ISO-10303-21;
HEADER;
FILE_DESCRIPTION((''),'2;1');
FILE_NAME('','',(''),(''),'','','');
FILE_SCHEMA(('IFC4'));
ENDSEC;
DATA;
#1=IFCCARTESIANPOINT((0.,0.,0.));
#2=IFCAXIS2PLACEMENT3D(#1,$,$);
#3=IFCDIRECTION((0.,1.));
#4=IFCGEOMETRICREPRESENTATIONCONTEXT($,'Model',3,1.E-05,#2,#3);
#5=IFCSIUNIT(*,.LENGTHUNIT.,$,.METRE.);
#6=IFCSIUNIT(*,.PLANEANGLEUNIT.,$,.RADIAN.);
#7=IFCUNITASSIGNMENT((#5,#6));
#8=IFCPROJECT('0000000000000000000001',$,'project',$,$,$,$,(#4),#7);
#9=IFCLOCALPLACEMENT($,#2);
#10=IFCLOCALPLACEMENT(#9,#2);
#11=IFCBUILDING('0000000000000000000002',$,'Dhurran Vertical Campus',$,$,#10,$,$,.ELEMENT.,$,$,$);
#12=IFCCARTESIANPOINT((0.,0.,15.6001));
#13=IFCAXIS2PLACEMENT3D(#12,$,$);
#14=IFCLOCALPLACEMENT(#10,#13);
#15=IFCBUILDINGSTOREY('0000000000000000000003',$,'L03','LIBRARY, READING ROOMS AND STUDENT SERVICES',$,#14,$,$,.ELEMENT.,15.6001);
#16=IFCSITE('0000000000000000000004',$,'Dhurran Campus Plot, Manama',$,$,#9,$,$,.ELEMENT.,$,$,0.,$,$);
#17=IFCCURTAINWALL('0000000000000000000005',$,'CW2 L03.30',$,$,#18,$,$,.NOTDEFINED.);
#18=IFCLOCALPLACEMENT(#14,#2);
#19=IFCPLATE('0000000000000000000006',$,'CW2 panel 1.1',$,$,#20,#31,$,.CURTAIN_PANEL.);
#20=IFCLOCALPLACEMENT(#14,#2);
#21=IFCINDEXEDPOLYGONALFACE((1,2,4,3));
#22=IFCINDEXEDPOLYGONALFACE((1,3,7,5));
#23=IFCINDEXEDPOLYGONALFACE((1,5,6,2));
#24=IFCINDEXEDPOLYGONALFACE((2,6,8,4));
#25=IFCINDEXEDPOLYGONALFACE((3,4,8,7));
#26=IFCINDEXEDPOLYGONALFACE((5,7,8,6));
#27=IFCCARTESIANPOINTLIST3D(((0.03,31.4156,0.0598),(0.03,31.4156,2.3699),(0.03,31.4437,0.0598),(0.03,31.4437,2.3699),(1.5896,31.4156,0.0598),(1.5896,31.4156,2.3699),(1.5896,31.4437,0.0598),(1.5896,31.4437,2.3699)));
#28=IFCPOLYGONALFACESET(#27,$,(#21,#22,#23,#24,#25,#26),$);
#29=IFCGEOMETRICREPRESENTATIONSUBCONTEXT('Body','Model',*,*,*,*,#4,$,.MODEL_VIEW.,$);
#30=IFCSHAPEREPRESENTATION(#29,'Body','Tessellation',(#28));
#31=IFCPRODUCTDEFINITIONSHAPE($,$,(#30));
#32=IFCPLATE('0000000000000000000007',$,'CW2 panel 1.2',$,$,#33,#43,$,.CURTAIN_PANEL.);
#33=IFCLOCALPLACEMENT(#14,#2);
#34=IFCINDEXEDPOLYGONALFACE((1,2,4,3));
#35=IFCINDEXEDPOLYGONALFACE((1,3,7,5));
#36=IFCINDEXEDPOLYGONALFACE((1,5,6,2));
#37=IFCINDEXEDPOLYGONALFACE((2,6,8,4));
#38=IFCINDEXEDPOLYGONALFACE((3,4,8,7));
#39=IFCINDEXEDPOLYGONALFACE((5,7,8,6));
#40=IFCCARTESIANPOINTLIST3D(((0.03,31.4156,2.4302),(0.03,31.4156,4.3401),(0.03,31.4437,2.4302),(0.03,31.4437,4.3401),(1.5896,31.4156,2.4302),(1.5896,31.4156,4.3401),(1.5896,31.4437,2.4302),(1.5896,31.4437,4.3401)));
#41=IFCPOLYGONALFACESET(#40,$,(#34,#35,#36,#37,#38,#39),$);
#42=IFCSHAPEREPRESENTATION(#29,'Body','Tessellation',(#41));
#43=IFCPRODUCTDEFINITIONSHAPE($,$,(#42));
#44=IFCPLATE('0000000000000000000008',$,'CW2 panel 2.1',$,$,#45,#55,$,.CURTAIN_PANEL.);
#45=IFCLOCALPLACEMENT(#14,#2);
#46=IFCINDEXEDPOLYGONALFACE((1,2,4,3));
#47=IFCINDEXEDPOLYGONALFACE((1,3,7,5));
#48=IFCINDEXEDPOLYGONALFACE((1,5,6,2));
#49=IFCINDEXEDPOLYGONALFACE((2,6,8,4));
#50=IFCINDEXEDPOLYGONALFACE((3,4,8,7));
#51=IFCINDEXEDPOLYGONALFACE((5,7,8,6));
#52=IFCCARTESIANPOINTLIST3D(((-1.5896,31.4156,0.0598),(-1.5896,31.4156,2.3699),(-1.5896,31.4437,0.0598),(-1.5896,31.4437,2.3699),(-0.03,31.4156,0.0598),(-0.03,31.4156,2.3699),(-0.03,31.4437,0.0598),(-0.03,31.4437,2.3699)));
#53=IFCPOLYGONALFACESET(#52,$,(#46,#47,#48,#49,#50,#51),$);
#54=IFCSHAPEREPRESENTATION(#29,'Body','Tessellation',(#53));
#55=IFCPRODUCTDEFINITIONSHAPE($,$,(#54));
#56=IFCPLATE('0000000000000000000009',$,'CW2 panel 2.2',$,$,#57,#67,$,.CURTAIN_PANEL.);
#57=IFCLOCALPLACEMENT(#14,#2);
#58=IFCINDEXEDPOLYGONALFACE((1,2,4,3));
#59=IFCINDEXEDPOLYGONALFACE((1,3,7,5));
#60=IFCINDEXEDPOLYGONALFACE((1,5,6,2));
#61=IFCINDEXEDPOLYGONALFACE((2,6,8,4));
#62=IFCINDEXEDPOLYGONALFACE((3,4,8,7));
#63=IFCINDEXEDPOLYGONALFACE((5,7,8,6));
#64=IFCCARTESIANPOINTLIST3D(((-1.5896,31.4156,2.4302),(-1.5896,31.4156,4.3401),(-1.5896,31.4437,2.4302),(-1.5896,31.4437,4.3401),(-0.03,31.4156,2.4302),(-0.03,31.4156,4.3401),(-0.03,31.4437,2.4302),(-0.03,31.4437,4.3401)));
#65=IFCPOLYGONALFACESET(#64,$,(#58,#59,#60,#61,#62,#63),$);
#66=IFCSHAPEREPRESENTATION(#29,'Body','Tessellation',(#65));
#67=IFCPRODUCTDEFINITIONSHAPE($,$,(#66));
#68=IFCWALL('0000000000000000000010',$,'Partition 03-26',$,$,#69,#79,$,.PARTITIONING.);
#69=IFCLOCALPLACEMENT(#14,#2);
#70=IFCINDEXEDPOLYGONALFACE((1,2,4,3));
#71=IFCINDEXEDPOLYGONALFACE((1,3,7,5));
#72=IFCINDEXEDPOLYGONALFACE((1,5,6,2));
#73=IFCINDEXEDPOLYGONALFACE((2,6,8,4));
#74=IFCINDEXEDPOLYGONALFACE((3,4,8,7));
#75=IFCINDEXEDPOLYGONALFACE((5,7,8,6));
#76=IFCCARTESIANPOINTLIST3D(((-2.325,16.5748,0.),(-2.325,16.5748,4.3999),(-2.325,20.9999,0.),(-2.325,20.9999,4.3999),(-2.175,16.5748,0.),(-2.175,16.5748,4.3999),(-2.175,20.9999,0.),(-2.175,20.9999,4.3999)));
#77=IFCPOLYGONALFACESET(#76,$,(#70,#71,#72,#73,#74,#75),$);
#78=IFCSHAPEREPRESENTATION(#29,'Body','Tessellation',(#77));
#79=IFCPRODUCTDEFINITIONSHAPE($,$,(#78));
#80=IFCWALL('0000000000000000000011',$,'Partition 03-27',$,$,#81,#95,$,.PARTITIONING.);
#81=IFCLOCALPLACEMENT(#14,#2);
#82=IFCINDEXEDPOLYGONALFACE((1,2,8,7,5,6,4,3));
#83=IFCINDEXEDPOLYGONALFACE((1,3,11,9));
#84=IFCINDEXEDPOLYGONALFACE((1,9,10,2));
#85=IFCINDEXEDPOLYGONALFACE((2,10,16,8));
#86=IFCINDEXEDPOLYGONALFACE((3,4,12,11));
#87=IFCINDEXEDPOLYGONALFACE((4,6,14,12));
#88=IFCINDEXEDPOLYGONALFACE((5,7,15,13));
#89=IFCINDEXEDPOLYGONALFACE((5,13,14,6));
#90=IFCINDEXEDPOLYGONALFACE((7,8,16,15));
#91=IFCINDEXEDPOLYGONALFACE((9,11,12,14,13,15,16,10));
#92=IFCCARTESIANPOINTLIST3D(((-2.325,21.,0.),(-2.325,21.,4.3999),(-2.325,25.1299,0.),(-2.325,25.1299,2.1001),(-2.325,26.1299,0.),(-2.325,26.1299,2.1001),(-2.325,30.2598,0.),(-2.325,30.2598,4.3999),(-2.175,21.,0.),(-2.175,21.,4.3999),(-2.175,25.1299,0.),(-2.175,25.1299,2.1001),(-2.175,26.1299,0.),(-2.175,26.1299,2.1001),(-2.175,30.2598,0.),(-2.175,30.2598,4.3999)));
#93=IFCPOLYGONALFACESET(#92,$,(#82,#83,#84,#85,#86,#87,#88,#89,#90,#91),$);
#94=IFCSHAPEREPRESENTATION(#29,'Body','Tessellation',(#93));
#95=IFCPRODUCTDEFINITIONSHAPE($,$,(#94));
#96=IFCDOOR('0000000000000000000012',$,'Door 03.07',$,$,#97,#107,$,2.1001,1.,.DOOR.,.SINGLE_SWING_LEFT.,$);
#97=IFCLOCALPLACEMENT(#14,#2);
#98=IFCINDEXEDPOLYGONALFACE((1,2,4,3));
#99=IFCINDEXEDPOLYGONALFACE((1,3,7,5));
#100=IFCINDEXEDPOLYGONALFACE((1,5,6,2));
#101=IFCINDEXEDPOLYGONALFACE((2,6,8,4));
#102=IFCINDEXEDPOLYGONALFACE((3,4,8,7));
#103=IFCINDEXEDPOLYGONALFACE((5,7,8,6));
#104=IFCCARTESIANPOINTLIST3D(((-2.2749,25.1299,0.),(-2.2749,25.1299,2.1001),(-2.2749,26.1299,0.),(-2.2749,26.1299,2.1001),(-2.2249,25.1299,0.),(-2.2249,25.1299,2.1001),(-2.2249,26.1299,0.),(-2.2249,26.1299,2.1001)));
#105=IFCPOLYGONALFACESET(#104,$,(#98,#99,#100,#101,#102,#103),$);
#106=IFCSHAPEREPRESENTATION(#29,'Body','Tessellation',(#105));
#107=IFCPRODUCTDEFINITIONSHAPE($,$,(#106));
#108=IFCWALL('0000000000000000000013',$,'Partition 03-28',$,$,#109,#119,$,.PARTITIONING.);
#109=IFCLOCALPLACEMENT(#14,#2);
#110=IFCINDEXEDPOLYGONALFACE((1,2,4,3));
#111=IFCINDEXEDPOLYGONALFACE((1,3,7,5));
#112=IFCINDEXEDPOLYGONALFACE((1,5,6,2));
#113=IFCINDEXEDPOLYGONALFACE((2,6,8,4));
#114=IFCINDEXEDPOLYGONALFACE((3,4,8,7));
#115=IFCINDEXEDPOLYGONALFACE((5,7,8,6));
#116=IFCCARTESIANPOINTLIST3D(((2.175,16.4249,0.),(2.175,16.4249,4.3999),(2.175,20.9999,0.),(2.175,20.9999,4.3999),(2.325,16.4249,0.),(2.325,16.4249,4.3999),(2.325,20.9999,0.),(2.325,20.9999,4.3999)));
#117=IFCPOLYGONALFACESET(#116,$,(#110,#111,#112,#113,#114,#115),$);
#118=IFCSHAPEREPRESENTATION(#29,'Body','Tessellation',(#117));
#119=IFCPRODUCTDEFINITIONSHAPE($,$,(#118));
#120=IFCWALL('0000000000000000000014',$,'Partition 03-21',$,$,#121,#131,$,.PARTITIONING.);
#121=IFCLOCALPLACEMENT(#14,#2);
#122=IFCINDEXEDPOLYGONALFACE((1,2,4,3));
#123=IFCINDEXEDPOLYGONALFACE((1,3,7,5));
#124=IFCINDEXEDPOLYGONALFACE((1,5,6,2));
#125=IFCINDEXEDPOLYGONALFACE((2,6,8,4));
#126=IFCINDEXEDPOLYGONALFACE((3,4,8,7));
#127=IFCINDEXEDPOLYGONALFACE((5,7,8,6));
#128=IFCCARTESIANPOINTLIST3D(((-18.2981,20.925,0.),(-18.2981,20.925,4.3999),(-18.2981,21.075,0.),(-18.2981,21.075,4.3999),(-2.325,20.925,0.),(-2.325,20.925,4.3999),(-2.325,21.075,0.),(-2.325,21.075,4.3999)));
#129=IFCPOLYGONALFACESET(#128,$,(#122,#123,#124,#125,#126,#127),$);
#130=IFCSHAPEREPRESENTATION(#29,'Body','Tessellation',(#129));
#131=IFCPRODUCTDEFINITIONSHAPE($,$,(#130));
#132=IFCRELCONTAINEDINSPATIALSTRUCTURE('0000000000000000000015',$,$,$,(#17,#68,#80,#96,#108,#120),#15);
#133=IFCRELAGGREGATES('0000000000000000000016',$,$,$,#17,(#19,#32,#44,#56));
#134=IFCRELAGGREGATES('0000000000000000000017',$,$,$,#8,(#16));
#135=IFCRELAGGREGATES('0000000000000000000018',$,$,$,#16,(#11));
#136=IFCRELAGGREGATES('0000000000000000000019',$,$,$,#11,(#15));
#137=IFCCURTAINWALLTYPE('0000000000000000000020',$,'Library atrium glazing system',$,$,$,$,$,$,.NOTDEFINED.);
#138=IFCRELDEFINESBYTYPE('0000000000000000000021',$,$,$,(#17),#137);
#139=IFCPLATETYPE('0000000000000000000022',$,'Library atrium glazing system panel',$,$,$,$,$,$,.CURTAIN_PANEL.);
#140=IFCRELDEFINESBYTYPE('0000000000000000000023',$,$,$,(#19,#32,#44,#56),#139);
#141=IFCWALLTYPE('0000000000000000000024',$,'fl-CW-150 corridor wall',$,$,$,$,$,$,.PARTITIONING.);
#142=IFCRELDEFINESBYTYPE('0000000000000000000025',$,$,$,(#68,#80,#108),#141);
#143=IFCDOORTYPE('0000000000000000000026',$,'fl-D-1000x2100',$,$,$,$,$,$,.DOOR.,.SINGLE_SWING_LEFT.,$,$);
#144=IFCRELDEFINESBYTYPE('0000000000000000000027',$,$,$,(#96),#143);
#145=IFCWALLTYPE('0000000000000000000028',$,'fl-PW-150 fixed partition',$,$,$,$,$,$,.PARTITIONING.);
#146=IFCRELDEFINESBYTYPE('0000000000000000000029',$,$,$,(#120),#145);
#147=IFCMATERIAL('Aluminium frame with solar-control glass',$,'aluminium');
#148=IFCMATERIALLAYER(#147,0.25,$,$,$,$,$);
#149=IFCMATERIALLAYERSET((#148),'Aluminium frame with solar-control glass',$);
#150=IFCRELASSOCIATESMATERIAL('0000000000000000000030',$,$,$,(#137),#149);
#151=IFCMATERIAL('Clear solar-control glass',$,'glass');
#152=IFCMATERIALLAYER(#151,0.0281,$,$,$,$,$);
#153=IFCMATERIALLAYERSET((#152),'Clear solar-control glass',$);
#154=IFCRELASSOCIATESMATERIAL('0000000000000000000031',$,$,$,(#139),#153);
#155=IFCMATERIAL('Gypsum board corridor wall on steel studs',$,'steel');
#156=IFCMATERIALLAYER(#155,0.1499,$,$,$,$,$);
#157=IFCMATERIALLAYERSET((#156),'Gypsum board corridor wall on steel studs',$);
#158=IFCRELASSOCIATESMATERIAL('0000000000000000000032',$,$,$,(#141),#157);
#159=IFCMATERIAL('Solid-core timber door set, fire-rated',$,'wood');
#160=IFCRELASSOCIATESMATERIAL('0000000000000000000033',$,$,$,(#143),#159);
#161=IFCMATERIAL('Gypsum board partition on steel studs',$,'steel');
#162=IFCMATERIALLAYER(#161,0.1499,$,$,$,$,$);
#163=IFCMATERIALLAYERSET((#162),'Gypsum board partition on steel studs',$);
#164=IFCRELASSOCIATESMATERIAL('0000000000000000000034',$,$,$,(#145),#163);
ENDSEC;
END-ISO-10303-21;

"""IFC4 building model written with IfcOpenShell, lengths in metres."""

from ifc_helpers import new_model, si_unit, direction, frame, frame_2d, origin, origin_2d, place, context, subcontext, project, spatial, rectangle, extrude, material, layer, layer_set, type_object, element, fill, aggregate, save


model = new_model("IFC4")

# Units and contexts
model_context = context("Model", 3, precision=1e-05, world=origin(), true_north=direction((0.0, 1.0)))
body_context = subcontext(model_context, "Body", "Model", "MODEL_VIEW")
ifc_project = project(units=[si_unit("LENGTHUNIT", "METRE"), si_unit("PLANEANGLEUNIT", "RADIAN")], contexts=[model_context])

# Site, building, storey
site_placement = place(None, origin())
site = spatial("IfcSite", under=ifc_project, at=site_placement, Name="Dhurran Campus Plot, Manama", CompositionType="ELEMENT", RefElevation=0.0)
building_placement = place(site_placement, origin())
building = spatial("IfcBuilding", under=site, at=building_placement, Name="Dhurran Vertical Campus", CompositionType="ELEMENT")
storey_placement = place(building_placement, frame((0.0, 0.0, 15.6001)))
storey = spatial("IfcBuildingStorey", under=building, at=storey_placement, Name="L03", Description="LIBRARY, READING ROOMS AND STUDENT SERVICES", CompositionType="ELEMENT", Elevation=15.6001)

# Curtain wall
ifc_material_1 = material(Name="Aluminium frame with solar-control glass", Category="aluminium")
ifc_layer_1 = layer(ifc_material_1, 0.25)
ifc_layer_set_1 = layer_set([ifc_layer_1], Name="Aluminium frame with solar-control glass")
curtain_wall_type = type_object("IfcCurtainWallType", Name="Library atrium glazing system", PredefinedType="NOTDEFINED", material=ifc_layer_set_1)
curtain_wall_1_placement = place(storey_placement, origin())
curtain_wall_1 = element("IfcCurtainWall", 1, at=curtain_wall_1_placement, inside=storey, type_object=curtain_wall_type, Name="CW2 L03.30", PredefinedType="NOTDEFINED")

# Plates
ifc_material_2 = material(Name="Clear solar-control glass", Category="glass")
ifc_layer_2 = layer(ifc_material_2, 0.0281)
ifc_layer_set_2 = layer_set([ifc_layer_2], Name="Clear solar-control glass")
plate_type = type_object("IfcPlateType", Name="Library atrium glazing system panel", PredefinedType="CURTAIN_PANEL", material=ifc_layer_set_2)
plate_1_placement = place(storey_placement, frame((0.8098, 31.4297, 0.0598), z_axis=(0.0, 0.0, 1.0), x_axis=(-1.0, 0.0, 0.0)))
plate_1 = element("IfcPlate", 2, at=plate_1_placement, type_object=plate_type, Name="CW2 panel 1.1", PredefinedType="CURTAIN_PANEL", context=body_context, shape_type="SweptSolid", body=[
    extrude(rectangle(XDim=1.5596, YDim=0.0281, at=origin_2d()), origin(), (0.0, 0.0, 1.0), 2.3101),
])
plate_2_placement = place(storey_placement, frame((0.8098, 31.4297, 2.4302), z_axis=(0.0, 0.0, 1.0), x_axis=(-1.0, 0.0, 0.0)))
plate_2 = element("IfcPlate", 3, at=plate_2_placement, type_object=plate_type, Name="CW2 panel 1.2", PredefinedType="CURTAIN_PANEL", context=body_context, shape_type="SweptSolid", body=[
    extrude(rectangle(XDim=1.5596, YDim=0.0281, at=origin_2d()), origin(), (0.0, 0.0, 1.0), 1.9099),
])
plate_3_placement = place(storey_placement, frame((-0.8098, 31.4297, 0.0598), z_axis=(0.0, 0.0, 1.0), x_axis=(-1.0, 0.0, 0.0)))
plate_3 = element("IfcPlate", 4, at=plate_3_placement, type_object=plate_type, Name="CW2 panel 2.1", PredefinedType="CURTAIN_PANEL", context=body_context, shape_type="SweptSolid", body=[
    extrude(rectangle(XDim=1.5596, YDim=0.0281, at=origin_2d()), origin(), (0.0, 0.0, 1.0), 2.3101),
])
plate_4_placement = place(storey_placement, frame((-0.8098, 31.4297, 2.4302), z_axis=(0.0, 0.0, 1.0), x_axis=(-1.0, 0.0, 0.0)))
plate_4 = element("IfcPlate", 5, at=plate_4_placement, type_object=plate_type, Name="CW2 panel 2.2", PredefinedType="CURTAIN_PANEL", context=body_context, shape_type="SweptSolid", body=[
    extrude(rectangle(XDim=1.5596, YDim=0.0281, at=origin_2d()), origin(), (0.0, 0.0, 1.0), 1.9099),
])
aggregate(curtain_wall_1, [plate_1, plate_2, plate_3, plate_4])

# Wall
ifc_material_3 = material(Name="Gypsum board corridor wall on steel studs", Category="steel")
ifc_layer_3 = layer(ifc_material_3, 0.1499)
ifc_layer_set_3 = layer_set([ifc_layer_3], Name="Gypsum board corridor wall on steel studs")
wall_type_1 = type_object("IfcWallType", Name="fl-CW-150 corridor wall", PredefinedType="PARTITIONING", material=ifc_layer_set_3)
wall_1_placement = place(storey_placement, frame((-2.25, 16.575, 0.0), z_axis=(0.0, 0.0, 1.0), x_axis=(0.0, 1.0, 0.0)))
element("IfcWall", 6, at=wall_1_placement, inside=storey, type_object=wall_type_1, Name="Partition 03-26", PredefinedType="PARTITIONING", context=body_context, shape_type="SweptSolid", body=[
    extrude(rectangle(XDim=4.425, YDim=0.1499, at=frame_2d((2.2124, 0.0))), origin(), (0.0, 0.0, 1.0), 4.3999),
])

# Wall, opening, door
wall_2_placement = place(storey_placement, frame((-2.25, 21.0, 0.0), z_axis=(0.0, 0.0, 1.0), x_axis=(0.0, 1.0, 0.0)))
wall_2 = element("IfcWall", 7, at=wall_2_placement, inside=storey, type_object=wall_type_1, Name="Partition 03-27", PredefinedType="PARTITIONING", context=body_context, shape_type="SweptSolid", body=[
    extrude(rectangle(XDim=9.2598, YDim=0.1499, at=frame_2d((4.6299, 0.0))), origin(), (0.0, 0.0, 1.0), 4.3999),
])
opening_placement = place(wall_2_placement, frame((4.1299, 0.0, 0.0)))
opening = element("IfcOpeningElement", 8, at=opening_placement, cuts=wall_2, PredefinedType="OPENING", context=body_context, shape_type="SweptSolid", body=[
    extrude(rectangle(XDim=1.0, YDim=2.1001, at=frame_2d((0.5, 1.05))), frame((0.0, 0.085, 0.0), z_axis=(0.0, -1.0, 0.0), x_axis=(1.0, 0.0, 0.0)), (0.0, 0.0, 1.0), 0.1699),
])
ifc_material_4 = material(Name="Solid-core timber door set, fire-rated", Category="wood")
door_type = type_object("IfcDoorType", Name="fl-D-1000x2100", OperationType="SINGLE_SWING_LEFT", PredefinedType="DOOR", material=ifc_material_4)
door_placement = place(opening_placement, origin())
door = element("IfcDoor", 9, at=door_placement, inside=storey, type_object=door_type, Name="Door 03.07", OperationType="SINGLE_SWING_LEFT", OverallHeight=2.1001, OverallWidth=1.0, PredefinedType="DOOR", context=body_context, shape_type="SweptSolid", body=[
    extrude(rectangle(XDim=1.0, YDim=2.1001, at=frame_2d((0.5, 1.05))), frame((0.0, 0.0249, 0.0), z_axis=(0.0, -1.0, 0.0), x_axis=(1.0, 0.0, 0.0)), (0.0, 0.0, 1.0), 0.05),
])
fill(opening, door)

# Walls
wall_3_placement = place(storey_placement, frame((2.25, 21.0, 0.0), z_axis=(0.0, 0.0, 1.0), x_axis=(0.0, -1.0, 0.0)))
element("IfcWall", 10, at=wall_3_placement, inside=storey, type_object=wall_type_1, Name="Partition 03-28", PredefinedType="PARTITIONING", context=body_context, shape_type="SweptSolid", body=[
    extrude(rectangle(XDim=4.575, YDim=0.1499, at=frame_2d((2.2876, 0.0))), origin(), (0.0, 0.0, 1.0), 4.3999),
])
ifc_material_5 = material(Name="Gypsum board partition on steel studs", Category="steel")
ifc_layer_4 = layer(ifc_material_5, 0.1499)
ifc_layer_set_4 = layer_set([ifc_layer_4], Name="Gypsum board partition on steel studs")
wall_type_2 = type_object("IfcWallType", Name="fl-PW-150 fixed partition", PredefinedType="PARTITIONING", material=ifc_layer_set_4)
wall_4_placement = place(storey_placement, frame((-2.325, 21.0, 0.0), z_axis=(0.0, 0.0, 1.0), x_axis=(-1.0, 0.0, 0.0)))
element("IfcWall", 11, at=wall_4_placement, inside=storey, type_object=wall_type_2, Name="Partition 03-21", PredefinedType="PARTITIONING", context=body_context, shape_type="SweptSolid", body=[
    extrude(rectangle(XDim=15.9731, YDim=0.1499, at=frame_2d((7.9866, 0.0))), origin(), (0.0, 0.0, 1.0), 4.3999),
])

save(model, "model.ifc")
